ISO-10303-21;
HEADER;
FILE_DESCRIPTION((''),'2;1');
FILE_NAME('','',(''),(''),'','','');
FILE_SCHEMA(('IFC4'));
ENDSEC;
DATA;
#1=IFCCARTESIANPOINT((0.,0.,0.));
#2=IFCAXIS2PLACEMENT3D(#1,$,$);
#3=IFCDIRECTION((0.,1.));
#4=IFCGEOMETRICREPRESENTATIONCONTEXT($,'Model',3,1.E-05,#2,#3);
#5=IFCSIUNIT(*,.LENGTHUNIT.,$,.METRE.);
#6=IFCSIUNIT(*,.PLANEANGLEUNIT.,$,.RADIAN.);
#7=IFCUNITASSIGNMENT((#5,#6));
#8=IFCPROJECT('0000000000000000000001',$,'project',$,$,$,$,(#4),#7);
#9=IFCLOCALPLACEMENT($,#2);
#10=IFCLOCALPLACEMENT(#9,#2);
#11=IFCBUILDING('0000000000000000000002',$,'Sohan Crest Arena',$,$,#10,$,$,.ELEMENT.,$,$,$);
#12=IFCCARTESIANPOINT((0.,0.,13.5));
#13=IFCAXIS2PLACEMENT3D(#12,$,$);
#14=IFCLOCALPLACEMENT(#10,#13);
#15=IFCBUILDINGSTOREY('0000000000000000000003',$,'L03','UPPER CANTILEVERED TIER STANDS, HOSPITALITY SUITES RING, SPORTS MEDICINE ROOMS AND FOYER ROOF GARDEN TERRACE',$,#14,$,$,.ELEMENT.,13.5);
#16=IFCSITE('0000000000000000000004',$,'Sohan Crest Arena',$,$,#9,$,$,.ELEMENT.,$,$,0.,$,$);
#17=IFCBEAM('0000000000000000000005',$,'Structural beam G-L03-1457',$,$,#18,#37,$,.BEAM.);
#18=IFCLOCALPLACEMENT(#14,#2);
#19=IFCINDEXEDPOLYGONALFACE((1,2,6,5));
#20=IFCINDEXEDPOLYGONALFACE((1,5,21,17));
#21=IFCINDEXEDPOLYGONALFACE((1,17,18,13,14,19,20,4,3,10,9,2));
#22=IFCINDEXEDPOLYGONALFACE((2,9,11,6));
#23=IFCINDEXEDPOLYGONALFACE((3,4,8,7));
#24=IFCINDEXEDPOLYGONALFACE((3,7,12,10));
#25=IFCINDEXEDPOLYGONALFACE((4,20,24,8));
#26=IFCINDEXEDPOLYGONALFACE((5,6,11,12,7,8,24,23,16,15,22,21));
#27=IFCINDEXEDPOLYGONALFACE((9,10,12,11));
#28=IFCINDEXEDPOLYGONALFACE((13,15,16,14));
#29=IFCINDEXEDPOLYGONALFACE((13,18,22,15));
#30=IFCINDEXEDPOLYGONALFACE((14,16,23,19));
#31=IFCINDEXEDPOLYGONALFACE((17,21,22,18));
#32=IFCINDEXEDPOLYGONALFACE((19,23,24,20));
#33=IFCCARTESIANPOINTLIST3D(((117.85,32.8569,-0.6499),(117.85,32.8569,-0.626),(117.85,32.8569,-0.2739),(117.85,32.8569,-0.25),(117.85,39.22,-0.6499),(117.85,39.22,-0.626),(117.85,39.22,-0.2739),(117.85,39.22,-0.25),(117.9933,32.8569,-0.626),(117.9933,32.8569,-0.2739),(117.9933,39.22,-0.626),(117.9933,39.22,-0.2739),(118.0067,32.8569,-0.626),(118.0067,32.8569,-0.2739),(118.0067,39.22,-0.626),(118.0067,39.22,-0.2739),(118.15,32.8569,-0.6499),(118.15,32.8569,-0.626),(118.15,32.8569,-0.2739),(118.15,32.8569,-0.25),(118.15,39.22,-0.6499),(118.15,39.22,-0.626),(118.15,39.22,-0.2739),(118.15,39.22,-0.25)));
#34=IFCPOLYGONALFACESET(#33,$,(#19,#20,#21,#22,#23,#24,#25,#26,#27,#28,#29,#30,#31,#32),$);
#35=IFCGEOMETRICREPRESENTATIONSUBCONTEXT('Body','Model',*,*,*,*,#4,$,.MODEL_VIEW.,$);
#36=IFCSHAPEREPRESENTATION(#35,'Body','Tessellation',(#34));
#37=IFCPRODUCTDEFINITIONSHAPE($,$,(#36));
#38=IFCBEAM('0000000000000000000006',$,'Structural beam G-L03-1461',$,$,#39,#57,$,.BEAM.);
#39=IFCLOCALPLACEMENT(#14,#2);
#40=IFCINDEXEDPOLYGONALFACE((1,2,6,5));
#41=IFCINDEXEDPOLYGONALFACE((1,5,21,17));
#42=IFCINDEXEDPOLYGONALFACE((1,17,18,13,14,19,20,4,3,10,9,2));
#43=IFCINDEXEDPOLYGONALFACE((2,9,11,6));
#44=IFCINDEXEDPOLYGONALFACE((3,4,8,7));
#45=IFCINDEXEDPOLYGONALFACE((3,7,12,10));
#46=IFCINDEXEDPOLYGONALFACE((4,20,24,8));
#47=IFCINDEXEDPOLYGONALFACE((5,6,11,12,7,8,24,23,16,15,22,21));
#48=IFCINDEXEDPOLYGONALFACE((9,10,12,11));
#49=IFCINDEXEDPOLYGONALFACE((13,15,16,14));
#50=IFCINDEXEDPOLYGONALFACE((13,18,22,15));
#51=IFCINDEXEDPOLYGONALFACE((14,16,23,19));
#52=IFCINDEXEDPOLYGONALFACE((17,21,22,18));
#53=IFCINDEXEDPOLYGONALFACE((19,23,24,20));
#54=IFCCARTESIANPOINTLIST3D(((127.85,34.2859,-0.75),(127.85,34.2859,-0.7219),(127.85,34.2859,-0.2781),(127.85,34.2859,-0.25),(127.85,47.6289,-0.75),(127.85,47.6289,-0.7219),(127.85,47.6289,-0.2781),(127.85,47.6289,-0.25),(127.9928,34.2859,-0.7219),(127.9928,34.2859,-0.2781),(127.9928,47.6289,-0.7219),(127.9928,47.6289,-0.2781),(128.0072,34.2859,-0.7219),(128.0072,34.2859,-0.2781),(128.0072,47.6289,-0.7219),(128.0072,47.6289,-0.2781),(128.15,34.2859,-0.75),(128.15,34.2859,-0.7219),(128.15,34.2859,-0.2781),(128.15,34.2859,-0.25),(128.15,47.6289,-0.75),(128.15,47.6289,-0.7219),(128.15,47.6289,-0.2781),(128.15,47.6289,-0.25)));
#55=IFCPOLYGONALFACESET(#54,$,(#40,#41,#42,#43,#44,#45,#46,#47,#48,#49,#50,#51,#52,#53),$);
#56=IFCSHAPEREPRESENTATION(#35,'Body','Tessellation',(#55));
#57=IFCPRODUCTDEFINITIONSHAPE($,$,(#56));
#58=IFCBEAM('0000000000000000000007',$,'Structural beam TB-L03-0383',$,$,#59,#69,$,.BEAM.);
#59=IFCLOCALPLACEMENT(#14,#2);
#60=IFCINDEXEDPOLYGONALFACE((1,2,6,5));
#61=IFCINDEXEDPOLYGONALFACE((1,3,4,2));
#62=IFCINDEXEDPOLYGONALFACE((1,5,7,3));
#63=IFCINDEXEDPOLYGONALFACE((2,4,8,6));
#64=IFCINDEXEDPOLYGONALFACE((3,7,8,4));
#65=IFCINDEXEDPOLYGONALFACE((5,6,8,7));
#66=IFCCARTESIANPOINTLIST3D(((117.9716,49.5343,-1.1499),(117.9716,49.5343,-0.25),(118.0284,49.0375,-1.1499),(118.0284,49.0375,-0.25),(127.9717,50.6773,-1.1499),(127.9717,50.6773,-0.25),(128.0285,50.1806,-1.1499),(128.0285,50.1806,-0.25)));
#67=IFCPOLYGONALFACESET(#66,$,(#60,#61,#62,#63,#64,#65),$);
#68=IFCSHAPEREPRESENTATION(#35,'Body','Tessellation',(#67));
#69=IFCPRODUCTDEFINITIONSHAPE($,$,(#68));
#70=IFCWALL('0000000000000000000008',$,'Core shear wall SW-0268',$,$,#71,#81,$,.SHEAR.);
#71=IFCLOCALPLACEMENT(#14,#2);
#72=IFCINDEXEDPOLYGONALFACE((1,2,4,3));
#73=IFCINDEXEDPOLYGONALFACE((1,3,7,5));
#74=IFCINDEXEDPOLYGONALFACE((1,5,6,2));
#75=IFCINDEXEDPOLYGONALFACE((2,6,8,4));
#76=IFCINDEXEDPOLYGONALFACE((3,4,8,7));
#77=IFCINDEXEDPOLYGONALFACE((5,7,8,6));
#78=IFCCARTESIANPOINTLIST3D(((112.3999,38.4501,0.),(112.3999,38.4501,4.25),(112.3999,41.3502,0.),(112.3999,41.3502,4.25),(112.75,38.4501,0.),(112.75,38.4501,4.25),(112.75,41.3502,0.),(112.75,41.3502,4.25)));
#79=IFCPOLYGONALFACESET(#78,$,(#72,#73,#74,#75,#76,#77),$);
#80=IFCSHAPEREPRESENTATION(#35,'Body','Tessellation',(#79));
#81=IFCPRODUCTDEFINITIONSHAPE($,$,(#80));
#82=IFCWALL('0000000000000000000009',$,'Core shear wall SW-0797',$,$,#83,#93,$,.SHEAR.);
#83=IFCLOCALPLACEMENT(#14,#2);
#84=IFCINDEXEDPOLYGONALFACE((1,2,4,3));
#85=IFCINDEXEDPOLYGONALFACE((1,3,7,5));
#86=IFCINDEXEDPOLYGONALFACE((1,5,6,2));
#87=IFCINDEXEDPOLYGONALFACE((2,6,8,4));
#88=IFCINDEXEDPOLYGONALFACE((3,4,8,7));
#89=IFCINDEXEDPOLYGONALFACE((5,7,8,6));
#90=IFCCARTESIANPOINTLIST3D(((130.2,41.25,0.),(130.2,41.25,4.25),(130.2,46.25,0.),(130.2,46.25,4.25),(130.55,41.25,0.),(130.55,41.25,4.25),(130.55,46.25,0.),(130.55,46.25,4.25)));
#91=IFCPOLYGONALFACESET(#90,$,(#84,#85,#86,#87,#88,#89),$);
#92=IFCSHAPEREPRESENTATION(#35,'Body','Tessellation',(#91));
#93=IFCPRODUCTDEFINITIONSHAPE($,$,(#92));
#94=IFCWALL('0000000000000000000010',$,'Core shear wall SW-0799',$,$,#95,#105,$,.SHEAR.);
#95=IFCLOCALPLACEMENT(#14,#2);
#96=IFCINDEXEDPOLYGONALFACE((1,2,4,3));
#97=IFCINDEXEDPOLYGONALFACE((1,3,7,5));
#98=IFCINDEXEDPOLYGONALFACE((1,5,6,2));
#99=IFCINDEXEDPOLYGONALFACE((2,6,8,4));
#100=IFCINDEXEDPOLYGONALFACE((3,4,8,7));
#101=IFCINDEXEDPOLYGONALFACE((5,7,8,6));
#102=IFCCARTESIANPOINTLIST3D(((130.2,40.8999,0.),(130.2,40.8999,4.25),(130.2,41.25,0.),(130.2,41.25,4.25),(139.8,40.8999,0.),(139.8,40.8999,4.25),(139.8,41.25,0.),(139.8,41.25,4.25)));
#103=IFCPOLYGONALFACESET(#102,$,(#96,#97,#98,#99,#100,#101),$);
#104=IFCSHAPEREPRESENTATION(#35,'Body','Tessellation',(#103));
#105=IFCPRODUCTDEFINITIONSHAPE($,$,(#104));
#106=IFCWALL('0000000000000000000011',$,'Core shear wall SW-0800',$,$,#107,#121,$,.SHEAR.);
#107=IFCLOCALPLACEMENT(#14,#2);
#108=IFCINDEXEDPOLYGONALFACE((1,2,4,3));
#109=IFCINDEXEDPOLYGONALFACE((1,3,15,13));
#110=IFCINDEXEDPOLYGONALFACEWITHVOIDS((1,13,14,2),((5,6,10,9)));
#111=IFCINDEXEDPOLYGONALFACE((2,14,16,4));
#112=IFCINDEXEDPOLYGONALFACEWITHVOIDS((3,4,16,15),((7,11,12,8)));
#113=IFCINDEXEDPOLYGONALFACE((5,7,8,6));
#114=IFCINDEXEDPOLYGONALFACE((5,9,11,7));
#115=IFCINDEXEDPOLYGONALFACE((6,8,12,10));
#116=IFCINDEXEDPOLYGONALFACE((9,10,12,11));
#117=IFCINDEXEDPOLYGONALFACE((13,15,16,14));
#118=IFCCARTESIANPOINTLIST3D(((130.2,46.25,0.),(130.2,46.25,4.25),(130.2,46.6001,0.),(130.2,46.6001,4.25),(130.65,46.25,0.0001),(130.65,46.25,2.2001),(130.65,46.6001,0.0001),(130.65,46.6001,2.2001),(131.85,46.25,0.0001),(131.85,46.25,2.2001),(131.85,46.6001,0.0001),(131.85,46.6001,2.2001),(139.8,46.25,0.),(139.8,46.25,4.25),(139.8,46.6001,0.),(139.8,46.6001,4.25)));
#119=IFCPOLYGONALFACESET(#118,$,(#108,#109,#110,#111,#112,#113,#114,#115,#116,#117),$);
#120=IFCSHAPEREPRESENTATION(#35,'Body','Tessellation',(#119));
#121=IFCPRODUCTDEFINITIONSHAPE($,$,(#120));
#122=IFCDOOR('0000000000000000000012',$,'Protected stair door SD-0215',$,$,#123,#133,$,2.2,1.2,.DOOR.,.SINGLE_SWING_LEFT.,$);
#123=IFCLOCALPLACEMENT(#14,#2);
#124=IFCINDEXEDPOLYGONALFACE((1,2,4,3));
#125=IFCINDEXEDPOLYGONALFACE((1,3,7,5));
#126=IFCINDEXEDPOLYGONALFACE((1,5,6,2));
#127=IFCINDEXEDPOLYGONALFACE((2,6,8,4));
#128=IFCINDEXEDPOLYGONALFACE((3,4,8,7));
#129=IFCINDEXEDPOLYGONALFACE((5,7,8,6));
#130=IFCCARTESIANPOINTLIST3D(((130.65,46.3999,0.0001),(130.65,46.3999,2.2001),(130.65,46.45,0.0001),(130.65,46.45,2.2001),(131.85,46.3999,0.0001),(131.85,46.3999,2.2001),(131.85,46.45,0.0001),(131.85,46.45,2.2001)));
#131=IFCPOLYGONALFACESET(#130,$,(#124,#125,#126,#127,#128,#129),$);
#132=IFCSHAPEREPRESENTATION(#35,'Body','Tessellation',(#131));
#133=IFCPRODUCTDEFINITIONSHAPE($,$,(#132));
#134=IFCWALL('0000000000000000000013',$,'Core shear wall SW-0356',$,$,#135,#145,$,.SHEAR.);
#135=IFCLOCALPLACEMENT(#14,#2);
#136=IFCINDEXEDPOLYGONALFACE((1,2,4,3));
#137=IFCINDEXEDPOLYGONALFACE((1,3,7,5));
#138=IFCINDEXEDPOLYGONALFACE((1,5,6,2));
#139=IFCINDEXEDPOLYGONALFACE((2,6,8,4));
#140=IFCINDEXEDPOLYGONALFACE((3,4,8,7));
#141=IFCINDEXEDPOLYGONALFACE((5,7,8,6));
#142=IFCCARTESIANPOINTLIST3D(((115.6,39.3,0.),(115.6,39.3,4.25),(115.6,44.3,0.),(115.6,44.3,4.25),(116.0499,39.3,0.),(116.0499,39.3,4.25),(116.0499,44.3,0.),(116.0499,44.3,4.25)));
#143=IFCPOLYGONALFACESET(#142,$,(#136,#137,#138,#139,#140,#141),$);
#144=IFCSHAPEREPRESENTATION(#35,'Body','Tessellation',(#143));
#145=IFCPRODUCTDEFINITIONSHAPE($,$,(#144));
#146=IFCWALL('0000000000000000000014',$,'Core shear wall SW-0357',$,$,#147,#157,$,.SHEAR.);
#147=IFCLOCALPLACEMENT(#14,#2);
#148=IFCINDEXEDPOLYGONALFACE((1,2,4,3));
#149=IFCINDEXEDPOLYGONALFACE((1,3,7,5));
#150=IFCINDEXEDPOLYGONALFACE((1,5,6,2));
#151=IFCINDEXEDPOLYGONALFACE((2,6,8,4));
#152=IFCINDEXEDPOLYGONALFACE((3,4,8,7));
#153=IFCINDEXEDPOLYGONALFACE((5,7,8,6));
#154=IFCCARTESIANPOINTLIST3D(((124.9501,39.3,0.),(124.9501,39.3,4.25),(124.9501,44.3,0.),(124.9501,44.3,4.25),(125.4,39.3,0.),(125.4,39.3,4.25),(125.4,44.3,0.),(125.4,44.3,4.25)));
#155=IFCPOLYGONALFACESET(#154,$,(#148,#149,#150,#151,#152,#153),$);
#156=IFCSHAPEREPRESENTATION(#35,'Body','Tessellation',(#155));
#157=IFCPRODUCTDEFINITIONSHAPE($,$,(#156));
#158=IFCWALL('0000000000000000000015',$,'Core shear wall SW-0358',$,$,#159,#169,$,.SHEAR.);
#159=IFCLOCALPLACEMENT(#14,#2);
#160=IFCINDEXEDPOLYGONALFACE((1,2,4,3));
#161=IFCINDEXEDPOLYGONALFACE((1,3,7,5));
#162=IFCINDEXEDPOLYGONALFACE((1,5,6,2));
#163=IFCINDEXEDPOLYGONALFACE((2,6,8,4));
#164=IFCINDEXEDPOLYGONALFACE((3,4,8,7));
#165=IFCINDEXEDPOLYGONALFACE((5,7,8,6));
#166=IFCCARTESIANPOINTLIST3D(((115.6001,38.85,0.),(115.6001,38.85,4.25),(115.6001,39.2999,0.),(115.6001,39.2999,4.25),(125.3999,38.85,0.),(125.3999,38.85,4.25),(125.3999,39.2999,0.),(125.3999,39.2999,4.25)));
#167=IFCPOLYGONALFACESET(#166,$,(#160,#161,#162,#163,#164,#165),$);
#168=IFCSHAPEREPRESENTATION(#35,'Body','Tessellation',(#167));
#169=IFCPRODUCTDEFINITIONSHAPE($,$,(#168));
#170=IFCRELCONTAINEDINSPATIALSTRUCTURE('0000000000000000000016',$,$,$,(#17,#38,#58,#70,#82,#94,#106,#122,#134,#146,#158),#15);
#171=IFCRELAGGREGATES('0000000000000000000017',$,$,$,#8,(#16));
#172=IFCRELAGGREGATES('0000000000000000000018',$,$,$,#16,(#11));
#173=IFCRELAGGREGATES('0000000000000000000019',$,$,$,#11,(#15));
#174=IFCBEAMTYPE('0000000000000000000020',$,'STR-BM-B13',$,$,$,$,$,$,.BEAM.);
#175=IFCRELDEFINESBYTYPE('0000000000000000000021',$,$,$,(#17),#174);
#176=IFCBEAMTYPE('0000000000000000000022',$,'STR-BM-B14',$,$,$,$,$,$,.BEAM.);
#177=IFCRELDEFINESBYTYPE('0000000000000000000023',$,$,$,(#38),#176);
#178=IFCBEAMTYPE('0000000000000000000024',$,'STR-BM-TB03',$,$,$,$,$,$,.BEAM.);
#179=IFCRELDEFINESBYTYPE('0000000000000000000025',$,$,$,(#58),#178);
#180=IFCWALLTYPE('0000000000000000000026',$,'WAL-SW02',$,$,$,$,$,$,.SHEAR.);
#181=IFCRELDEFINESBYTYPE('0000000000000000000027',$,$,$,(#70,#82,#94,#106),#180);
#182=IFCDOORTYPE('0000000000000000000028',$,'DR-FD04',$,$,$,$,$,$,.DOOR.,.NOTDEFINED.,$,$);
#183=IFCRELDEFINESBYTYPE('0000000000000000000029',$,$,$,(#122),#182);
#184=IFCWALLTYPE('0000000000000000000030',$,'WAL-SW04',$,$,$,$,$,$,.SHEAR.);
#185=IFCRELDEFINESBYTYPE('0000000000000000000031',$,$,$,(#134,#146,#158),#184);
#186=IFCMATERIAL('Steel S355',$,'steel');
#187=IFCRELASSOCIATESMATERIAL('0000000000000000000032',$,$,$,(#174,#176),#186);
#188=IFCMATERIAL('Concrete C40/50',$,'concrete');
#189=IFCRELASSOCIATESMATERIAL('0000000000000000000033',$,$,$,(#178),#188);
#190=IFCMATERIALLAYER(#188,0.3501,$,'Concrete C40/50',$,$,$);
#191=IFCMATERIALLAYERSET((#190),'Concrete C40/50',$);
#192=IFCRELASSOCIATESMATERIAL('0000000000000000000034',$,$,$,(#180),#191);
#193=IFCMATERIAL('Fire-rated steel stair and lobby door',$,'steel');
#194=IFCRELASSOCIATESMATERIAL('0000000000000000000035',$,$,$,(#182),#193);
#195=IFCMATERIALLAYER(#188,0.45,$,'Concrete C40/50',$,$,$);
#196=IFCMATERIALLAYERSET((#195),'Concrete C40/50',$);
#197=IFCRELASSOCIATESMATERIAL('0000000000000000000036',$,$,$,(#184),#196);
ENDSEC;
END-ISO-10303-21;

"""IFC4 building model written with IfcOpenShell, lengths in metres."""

from ifc_helpers import new_model, si_unit, direction, frame, frame_2d, origin, origin_2d, place, context, subcontext, project, spatial, rectangle, i_section, extrude, material, layer, layer_set, material_profile, profile_set, type_object, element, fill, save


model = new_model("IFC4")

# Units and contexts
model_context = context("Model", 3, precision=1e-05, world=origin(), true_north=direction((0.0, 1.0)))
body_context = subcontext(model_context, "Body", "Model", "MODEL_VIEW")
ifc_project = project(units=[si_unit("LENGTHUNIT", "METRE"), si_unit("PLANEANGLEUNIT", "RADIAN")], contexts=[model_context])

# Site, building, storey
site_placement = place(None, origin())
site = spatial("IfcSite", under=ifc_project, at=site_placement, Name="Sohan Crest Arena", CompositionType="ELEMENT", RefElevation=0.0)
building_placement = place(site_placement, origin())
building = spatial("IfcBuilding", under=site, at=building_placement, Name="Sohan Crest Arena", CompositionType="ELEMENT")
storey_placement = place(building_placement, frame((0.0, 0.0, 13.5)))
storey = spatial("IfcBuildingStorey", under=building, at=storey_placement, Name="L03", Description="UPPER CANTILEVERED TIER STANDS, HOSPITALITY SUITES RING, SPORTS MEDICINE ROOMS AND FOYER ROOF GARDEN TERRACE", CompositionType="ELEMENT", Elevation=13.5)

# Shared definitions
ifc_material_1 = material(Name="Concrete C40/50", Category="concrete")
ifc_material_2 = material(Name="Steel S355", Category="steel")

# Beams
ifc_material_profile_1 = material_profile(ifc_material_2, i_section(OverallWidth=0.3, OverallDepth=0.3999, WebThickness=0.0134, FlangeThickness=0.0239, at=origin_2d()), Name="HEB 400")
ifc_profile_set_1 = profile_set([ifc_material_profile_1], Name="Steel S355")
beam_type_1 = type_object("IfcBeamType", Name="STR-BM-B13", PredefinedType="BEAM", material=ifc_profile_set_1)
beam_1_placement = place(storey_placement, frame((118.0, 39.22, -0.45), z_axis=(0.0, -1.0, 0.0), x_axis=(1.0, 0.0, 0.0)))
element("IfcBeam", 1, at=beam_1_placement, inside=storey, type_object=beam_type_1, Name="Structural beam G-L03-1457", PredefinedType="BEAM", context=body_context, shape_type="SweptSolid", body=[
    extrude(i_section(OverallWidth=0.3, OverallDepth=0.3999, WebThickness=0.0134, FlangeThickness=0.0239, at=origin_2d()), origin(), (0.0, 0.0, 1.0), 6.363),
])
ifc_material_profile_2 = material_profile(ifc_material_2, i_section(OverallWidth=0.3, OverallDepth=0.5, WebThickness=0.0144, FlangeThickness=0.0281, at=origin_2d()), Name="HEB 500")
ifc_profile_set_2 = profile_set([ifc_material_profile_2], Name="Steel S355")
beam_type_2 = type_object("IfcBeamType", Name="STR-BM-B14", PredefinedType="BEAM", material=ifc_profile_set_2)
beam_2_placement = place(storey_placement, frame((128.0, 47.6289, -0.5), z_axis=(0.0, -1.0, 0.0), x_axis=(1.0, 0.0, 0.0)))
element("IfcBeam", 2, at=beam_2_placement, inside=storey, type_object=beam_type_2, Name="Structural beam G-L03-1461", PredefinedType="BEAM", context=body_context, shape_type="SweptSolid", body=[
    extrude(i_section(OverallWidth=0.3, OverallDepth=0.5, WebThickness=0.0144, FlangeThickness=0.0281, at=origin_2d()), origin(), (0.0, 0.0, 1.0), 13.343),
])
ifc_material_profile_3 = material_profile(ifc_material_1, rectangle(XDim=0.5, YDim=0.8999, at=origin_2d()), Name="RC-BM 500x900")
ifc_profile_set_3 = profile_set([ifc_material_profile_3], Name="Concrete C40/50")
beam_type_3 = type_object("IfcBeamType", Name="STR-BM-TB03", PredefinedType="BEAM", material=ifc_profile_set_3)
beam_3_placement = place(storey_placement, frame((118.0, 49.2859, -0.7), z_axis=(0.99353, 0.113567, 0.0), x_axis=(-0.113567, 0.99353, 0.0)))
element("IfcBeam", 3, at=beam_3_placement, inside=storey, type_object=beam_type_3, Name="Structural beam TB-L03-0383", PredefinedType="BEAM", context=body_context, shape_type="SweptSolid", body=[
    extrude(rectangle(XDim=0.5, YDim=0.8999, at=origin_2d()), origin(), (0.0, 0.0, 1.0), 10.0652),
])

# Walls
ifc_layer_1 = layer(ifc_material_1, 0.3501, Name="Concrete C40/50")
ifc_layer_set_1 = layer_set([ifc_layer_1], Name="Concrete C40/50")
wall_type_1 = type_object("IfcWallType", Name="WAL-SW02", PredefinedType="SHEAR", material=ifc_layer_set_1)
wall_1_placement = place(storey_placement, frame((112.575, 38.45, 0.0), z_axis=(0.0, 0.0, 1.0), x_axis=(0.0, 1.0, 0.0)))
element("IfcWall", 4, at=wall_1_placement, inside=storey, type_object=wall_type_1, Name="Core shear wall SW-0268", PredefinedType="SHEAR", context=body_context, shape_type="SweptSolid", body=[
    extrude(rectangle(XDim=2.9001, YDim=0.3501, at=frame_2d((1.4502, 0.0))), origin(), (0.0, 0.0, 1.0), 4.25),
])
wall_2_placement = place(storey_placement, frame((130.375, 41.25, 0.0), z_axis=(0.0, 0.0, 1.0), x_axis=(0.0, 1.0, 0.0)))
element("IfcWall", 5, at=wall_2_placement, inside=storey, type_object=wall_type_1, Name="Core shear wall SW-0797", PredefinedType="SHEAR", context=body_context, shape_type="SweptSolid", body=[
    extrude(rectangle(XDim=5.0, YDim=0.3501, at=frame_2d((2.5, 0.0))), origin(), (0.0, 0.0, 1.0), 4.25),
])
wall_3_placement = place(storey_placement, frame((130.2, 41.075, 0.0), z_axis=(0.0, 0.0, 1.0), x_axis=(1.0, 0.0, 0.0)))
element("IfcWall", 6, at=wall_3_placement, inside=storey, type_object=wall_type_1, Name="Core shear wall SW-0799", PredefinedType="SHEAR", context=body_context, shape_type="SweptSolid", body=[
    extrude(rectangle(XDim=9.6001, YDim=0.3501, at=frame_2d((4.8, 0.0))), origin(), (0.0, 0.0, 1.0), 4.25),
])

# Wall, opening, door
wall_4_placement = place(storey_placement, frame((130.2, 46.425, 0.0), z_axis=(0.0, 0.0, 1.0), x_axis=(1.0, 0.0, 0.0)))
wall_4 = element("IfcWall", 7, at=wall_4_placement, inside=storey, type_object=wall_type_1, Name="Core shear wall SW-0800", PredefinedType="SHEAR", context=body_context, shape_type="SweptSolid", body=[
    extrude(rectangle(XDim=9.6001, YDim=0.3501, at=frame_2d((4.8, 0.0))), origin(), (0.0, 0.0, 1.0), 4.25),
])
opening_1_placement = place(wall_4_placement, frame((0.45, 0.0, 0.0)))
opening_1 = element("IfcOpeningElement", 8, at=opening_1_placement, cuts=wall_4, PredefinedType="OPENING", context=body_context, shape_type="SweptSolid", body=[
    extrude(rectangle(XDim=1.2, YDim=2.2, at=frame_2d((0.6001, 1.1001))), frame((0.0, 0.1851, 0.0), z_axis=(0.0, -1.0, 0.0), x_axis=(1.0, 0.0, 0.0)), (0.0, 0.0, 1.0), 0.3701),
])
ifc_material_3 = material(Name="Fire-rated steel stair and lobby door", Category="steel")
door_type_1 = type_object("IfcDoorType", Name="DR-FD04", OperationType="NOTDEFINED", PredefinedType="DOOR", material=ifc_material_3)
door_1_placement = place(opening_1_placement, origin())
door_1 = element("IfcDoor", 9, at=door_1_placement, inside=storey, type_object=door_type_1, Name="Protected stair door SD-0215", OperationType="SINGLE_SWING_LEFT", OverallHeight=2.2, OverallWidth=1.2, PredefinedType="DOOR", context=body_context, shape_type="SweptSolid", body=[
    extrude(rectangle(XDim=1.2, YDim=2.2, at=frame_2d((0.6001, 1.1001))), frame((0.0, 0.0249, 0.0), z_axis=(0.0, -1.0, 0.0), x_axis=(1.0, 0.0, 0.0)), (0.0, 0.0, 1.0), 0.05),
])
fill(opening_1, door_1)

# Walls
ifc_layer_2 = layer(ifc_material_1, 0.45, Name="Concrete C40/50")
ifc_layer_set_2 = layer_set([ifc_layer_2], Name="Concrete C40/50")
wall_type_2 = type_object("IfcWallType", Name="WAL-SW04", PredefinedType="SHEAR", material=ifc_layer_set_2)
for number, where, z_axis, x_axis, name in (
    (10, (115.825, 39.3, 0.0), (0.0, 0.0, 1.0), (0.0, 1.0, 0.0), "Core shear wall SW-0356"),
    (11, (125.175, 39.3, 0.0), (0.0, 0.0, 1.0), (0.0, 1.0, 0.0), "Core shear wall SW-0357"),
):
    element("IfcWall", number, at=place(storey_placement, frame(where, z_axis=z_axis, x_axis=x_axis)), inside=storey, type_object=wall_type_2, Name=name, PredefinedType="SHEAR", context=body_context, shape_type="SweptSolid", body=[
        extrude(rectangle(XDim=5.0, YDim=0.45, at=frame_2d((2.5, 0.0))), origin(), (0.0, 0.0, 1.0), 4.25),
    ])
wall_5_placement = place(storey_placement, frame((115.6001, 39.075, 0.0), z_axis=(0.0, 0.0, 1.0), x_axis=(1.0, 0.0, 0.0)))
element("IfcWall", 12, at=wall_5_placement, inside=storey, type_object=wall_type_2, Name="Core shear wall SW-0358", PredefinedType="SHEAR", context=body_context, shape_type="SweptSolid", body=[
    extrude(rectangle(XDim=9.7998, YDim=0.45, at=frame_2d((4.8999, 0.0))), origin(), (0.0, 0.0, 1.0), 4.25),
])

save(model, "model.ifc")
